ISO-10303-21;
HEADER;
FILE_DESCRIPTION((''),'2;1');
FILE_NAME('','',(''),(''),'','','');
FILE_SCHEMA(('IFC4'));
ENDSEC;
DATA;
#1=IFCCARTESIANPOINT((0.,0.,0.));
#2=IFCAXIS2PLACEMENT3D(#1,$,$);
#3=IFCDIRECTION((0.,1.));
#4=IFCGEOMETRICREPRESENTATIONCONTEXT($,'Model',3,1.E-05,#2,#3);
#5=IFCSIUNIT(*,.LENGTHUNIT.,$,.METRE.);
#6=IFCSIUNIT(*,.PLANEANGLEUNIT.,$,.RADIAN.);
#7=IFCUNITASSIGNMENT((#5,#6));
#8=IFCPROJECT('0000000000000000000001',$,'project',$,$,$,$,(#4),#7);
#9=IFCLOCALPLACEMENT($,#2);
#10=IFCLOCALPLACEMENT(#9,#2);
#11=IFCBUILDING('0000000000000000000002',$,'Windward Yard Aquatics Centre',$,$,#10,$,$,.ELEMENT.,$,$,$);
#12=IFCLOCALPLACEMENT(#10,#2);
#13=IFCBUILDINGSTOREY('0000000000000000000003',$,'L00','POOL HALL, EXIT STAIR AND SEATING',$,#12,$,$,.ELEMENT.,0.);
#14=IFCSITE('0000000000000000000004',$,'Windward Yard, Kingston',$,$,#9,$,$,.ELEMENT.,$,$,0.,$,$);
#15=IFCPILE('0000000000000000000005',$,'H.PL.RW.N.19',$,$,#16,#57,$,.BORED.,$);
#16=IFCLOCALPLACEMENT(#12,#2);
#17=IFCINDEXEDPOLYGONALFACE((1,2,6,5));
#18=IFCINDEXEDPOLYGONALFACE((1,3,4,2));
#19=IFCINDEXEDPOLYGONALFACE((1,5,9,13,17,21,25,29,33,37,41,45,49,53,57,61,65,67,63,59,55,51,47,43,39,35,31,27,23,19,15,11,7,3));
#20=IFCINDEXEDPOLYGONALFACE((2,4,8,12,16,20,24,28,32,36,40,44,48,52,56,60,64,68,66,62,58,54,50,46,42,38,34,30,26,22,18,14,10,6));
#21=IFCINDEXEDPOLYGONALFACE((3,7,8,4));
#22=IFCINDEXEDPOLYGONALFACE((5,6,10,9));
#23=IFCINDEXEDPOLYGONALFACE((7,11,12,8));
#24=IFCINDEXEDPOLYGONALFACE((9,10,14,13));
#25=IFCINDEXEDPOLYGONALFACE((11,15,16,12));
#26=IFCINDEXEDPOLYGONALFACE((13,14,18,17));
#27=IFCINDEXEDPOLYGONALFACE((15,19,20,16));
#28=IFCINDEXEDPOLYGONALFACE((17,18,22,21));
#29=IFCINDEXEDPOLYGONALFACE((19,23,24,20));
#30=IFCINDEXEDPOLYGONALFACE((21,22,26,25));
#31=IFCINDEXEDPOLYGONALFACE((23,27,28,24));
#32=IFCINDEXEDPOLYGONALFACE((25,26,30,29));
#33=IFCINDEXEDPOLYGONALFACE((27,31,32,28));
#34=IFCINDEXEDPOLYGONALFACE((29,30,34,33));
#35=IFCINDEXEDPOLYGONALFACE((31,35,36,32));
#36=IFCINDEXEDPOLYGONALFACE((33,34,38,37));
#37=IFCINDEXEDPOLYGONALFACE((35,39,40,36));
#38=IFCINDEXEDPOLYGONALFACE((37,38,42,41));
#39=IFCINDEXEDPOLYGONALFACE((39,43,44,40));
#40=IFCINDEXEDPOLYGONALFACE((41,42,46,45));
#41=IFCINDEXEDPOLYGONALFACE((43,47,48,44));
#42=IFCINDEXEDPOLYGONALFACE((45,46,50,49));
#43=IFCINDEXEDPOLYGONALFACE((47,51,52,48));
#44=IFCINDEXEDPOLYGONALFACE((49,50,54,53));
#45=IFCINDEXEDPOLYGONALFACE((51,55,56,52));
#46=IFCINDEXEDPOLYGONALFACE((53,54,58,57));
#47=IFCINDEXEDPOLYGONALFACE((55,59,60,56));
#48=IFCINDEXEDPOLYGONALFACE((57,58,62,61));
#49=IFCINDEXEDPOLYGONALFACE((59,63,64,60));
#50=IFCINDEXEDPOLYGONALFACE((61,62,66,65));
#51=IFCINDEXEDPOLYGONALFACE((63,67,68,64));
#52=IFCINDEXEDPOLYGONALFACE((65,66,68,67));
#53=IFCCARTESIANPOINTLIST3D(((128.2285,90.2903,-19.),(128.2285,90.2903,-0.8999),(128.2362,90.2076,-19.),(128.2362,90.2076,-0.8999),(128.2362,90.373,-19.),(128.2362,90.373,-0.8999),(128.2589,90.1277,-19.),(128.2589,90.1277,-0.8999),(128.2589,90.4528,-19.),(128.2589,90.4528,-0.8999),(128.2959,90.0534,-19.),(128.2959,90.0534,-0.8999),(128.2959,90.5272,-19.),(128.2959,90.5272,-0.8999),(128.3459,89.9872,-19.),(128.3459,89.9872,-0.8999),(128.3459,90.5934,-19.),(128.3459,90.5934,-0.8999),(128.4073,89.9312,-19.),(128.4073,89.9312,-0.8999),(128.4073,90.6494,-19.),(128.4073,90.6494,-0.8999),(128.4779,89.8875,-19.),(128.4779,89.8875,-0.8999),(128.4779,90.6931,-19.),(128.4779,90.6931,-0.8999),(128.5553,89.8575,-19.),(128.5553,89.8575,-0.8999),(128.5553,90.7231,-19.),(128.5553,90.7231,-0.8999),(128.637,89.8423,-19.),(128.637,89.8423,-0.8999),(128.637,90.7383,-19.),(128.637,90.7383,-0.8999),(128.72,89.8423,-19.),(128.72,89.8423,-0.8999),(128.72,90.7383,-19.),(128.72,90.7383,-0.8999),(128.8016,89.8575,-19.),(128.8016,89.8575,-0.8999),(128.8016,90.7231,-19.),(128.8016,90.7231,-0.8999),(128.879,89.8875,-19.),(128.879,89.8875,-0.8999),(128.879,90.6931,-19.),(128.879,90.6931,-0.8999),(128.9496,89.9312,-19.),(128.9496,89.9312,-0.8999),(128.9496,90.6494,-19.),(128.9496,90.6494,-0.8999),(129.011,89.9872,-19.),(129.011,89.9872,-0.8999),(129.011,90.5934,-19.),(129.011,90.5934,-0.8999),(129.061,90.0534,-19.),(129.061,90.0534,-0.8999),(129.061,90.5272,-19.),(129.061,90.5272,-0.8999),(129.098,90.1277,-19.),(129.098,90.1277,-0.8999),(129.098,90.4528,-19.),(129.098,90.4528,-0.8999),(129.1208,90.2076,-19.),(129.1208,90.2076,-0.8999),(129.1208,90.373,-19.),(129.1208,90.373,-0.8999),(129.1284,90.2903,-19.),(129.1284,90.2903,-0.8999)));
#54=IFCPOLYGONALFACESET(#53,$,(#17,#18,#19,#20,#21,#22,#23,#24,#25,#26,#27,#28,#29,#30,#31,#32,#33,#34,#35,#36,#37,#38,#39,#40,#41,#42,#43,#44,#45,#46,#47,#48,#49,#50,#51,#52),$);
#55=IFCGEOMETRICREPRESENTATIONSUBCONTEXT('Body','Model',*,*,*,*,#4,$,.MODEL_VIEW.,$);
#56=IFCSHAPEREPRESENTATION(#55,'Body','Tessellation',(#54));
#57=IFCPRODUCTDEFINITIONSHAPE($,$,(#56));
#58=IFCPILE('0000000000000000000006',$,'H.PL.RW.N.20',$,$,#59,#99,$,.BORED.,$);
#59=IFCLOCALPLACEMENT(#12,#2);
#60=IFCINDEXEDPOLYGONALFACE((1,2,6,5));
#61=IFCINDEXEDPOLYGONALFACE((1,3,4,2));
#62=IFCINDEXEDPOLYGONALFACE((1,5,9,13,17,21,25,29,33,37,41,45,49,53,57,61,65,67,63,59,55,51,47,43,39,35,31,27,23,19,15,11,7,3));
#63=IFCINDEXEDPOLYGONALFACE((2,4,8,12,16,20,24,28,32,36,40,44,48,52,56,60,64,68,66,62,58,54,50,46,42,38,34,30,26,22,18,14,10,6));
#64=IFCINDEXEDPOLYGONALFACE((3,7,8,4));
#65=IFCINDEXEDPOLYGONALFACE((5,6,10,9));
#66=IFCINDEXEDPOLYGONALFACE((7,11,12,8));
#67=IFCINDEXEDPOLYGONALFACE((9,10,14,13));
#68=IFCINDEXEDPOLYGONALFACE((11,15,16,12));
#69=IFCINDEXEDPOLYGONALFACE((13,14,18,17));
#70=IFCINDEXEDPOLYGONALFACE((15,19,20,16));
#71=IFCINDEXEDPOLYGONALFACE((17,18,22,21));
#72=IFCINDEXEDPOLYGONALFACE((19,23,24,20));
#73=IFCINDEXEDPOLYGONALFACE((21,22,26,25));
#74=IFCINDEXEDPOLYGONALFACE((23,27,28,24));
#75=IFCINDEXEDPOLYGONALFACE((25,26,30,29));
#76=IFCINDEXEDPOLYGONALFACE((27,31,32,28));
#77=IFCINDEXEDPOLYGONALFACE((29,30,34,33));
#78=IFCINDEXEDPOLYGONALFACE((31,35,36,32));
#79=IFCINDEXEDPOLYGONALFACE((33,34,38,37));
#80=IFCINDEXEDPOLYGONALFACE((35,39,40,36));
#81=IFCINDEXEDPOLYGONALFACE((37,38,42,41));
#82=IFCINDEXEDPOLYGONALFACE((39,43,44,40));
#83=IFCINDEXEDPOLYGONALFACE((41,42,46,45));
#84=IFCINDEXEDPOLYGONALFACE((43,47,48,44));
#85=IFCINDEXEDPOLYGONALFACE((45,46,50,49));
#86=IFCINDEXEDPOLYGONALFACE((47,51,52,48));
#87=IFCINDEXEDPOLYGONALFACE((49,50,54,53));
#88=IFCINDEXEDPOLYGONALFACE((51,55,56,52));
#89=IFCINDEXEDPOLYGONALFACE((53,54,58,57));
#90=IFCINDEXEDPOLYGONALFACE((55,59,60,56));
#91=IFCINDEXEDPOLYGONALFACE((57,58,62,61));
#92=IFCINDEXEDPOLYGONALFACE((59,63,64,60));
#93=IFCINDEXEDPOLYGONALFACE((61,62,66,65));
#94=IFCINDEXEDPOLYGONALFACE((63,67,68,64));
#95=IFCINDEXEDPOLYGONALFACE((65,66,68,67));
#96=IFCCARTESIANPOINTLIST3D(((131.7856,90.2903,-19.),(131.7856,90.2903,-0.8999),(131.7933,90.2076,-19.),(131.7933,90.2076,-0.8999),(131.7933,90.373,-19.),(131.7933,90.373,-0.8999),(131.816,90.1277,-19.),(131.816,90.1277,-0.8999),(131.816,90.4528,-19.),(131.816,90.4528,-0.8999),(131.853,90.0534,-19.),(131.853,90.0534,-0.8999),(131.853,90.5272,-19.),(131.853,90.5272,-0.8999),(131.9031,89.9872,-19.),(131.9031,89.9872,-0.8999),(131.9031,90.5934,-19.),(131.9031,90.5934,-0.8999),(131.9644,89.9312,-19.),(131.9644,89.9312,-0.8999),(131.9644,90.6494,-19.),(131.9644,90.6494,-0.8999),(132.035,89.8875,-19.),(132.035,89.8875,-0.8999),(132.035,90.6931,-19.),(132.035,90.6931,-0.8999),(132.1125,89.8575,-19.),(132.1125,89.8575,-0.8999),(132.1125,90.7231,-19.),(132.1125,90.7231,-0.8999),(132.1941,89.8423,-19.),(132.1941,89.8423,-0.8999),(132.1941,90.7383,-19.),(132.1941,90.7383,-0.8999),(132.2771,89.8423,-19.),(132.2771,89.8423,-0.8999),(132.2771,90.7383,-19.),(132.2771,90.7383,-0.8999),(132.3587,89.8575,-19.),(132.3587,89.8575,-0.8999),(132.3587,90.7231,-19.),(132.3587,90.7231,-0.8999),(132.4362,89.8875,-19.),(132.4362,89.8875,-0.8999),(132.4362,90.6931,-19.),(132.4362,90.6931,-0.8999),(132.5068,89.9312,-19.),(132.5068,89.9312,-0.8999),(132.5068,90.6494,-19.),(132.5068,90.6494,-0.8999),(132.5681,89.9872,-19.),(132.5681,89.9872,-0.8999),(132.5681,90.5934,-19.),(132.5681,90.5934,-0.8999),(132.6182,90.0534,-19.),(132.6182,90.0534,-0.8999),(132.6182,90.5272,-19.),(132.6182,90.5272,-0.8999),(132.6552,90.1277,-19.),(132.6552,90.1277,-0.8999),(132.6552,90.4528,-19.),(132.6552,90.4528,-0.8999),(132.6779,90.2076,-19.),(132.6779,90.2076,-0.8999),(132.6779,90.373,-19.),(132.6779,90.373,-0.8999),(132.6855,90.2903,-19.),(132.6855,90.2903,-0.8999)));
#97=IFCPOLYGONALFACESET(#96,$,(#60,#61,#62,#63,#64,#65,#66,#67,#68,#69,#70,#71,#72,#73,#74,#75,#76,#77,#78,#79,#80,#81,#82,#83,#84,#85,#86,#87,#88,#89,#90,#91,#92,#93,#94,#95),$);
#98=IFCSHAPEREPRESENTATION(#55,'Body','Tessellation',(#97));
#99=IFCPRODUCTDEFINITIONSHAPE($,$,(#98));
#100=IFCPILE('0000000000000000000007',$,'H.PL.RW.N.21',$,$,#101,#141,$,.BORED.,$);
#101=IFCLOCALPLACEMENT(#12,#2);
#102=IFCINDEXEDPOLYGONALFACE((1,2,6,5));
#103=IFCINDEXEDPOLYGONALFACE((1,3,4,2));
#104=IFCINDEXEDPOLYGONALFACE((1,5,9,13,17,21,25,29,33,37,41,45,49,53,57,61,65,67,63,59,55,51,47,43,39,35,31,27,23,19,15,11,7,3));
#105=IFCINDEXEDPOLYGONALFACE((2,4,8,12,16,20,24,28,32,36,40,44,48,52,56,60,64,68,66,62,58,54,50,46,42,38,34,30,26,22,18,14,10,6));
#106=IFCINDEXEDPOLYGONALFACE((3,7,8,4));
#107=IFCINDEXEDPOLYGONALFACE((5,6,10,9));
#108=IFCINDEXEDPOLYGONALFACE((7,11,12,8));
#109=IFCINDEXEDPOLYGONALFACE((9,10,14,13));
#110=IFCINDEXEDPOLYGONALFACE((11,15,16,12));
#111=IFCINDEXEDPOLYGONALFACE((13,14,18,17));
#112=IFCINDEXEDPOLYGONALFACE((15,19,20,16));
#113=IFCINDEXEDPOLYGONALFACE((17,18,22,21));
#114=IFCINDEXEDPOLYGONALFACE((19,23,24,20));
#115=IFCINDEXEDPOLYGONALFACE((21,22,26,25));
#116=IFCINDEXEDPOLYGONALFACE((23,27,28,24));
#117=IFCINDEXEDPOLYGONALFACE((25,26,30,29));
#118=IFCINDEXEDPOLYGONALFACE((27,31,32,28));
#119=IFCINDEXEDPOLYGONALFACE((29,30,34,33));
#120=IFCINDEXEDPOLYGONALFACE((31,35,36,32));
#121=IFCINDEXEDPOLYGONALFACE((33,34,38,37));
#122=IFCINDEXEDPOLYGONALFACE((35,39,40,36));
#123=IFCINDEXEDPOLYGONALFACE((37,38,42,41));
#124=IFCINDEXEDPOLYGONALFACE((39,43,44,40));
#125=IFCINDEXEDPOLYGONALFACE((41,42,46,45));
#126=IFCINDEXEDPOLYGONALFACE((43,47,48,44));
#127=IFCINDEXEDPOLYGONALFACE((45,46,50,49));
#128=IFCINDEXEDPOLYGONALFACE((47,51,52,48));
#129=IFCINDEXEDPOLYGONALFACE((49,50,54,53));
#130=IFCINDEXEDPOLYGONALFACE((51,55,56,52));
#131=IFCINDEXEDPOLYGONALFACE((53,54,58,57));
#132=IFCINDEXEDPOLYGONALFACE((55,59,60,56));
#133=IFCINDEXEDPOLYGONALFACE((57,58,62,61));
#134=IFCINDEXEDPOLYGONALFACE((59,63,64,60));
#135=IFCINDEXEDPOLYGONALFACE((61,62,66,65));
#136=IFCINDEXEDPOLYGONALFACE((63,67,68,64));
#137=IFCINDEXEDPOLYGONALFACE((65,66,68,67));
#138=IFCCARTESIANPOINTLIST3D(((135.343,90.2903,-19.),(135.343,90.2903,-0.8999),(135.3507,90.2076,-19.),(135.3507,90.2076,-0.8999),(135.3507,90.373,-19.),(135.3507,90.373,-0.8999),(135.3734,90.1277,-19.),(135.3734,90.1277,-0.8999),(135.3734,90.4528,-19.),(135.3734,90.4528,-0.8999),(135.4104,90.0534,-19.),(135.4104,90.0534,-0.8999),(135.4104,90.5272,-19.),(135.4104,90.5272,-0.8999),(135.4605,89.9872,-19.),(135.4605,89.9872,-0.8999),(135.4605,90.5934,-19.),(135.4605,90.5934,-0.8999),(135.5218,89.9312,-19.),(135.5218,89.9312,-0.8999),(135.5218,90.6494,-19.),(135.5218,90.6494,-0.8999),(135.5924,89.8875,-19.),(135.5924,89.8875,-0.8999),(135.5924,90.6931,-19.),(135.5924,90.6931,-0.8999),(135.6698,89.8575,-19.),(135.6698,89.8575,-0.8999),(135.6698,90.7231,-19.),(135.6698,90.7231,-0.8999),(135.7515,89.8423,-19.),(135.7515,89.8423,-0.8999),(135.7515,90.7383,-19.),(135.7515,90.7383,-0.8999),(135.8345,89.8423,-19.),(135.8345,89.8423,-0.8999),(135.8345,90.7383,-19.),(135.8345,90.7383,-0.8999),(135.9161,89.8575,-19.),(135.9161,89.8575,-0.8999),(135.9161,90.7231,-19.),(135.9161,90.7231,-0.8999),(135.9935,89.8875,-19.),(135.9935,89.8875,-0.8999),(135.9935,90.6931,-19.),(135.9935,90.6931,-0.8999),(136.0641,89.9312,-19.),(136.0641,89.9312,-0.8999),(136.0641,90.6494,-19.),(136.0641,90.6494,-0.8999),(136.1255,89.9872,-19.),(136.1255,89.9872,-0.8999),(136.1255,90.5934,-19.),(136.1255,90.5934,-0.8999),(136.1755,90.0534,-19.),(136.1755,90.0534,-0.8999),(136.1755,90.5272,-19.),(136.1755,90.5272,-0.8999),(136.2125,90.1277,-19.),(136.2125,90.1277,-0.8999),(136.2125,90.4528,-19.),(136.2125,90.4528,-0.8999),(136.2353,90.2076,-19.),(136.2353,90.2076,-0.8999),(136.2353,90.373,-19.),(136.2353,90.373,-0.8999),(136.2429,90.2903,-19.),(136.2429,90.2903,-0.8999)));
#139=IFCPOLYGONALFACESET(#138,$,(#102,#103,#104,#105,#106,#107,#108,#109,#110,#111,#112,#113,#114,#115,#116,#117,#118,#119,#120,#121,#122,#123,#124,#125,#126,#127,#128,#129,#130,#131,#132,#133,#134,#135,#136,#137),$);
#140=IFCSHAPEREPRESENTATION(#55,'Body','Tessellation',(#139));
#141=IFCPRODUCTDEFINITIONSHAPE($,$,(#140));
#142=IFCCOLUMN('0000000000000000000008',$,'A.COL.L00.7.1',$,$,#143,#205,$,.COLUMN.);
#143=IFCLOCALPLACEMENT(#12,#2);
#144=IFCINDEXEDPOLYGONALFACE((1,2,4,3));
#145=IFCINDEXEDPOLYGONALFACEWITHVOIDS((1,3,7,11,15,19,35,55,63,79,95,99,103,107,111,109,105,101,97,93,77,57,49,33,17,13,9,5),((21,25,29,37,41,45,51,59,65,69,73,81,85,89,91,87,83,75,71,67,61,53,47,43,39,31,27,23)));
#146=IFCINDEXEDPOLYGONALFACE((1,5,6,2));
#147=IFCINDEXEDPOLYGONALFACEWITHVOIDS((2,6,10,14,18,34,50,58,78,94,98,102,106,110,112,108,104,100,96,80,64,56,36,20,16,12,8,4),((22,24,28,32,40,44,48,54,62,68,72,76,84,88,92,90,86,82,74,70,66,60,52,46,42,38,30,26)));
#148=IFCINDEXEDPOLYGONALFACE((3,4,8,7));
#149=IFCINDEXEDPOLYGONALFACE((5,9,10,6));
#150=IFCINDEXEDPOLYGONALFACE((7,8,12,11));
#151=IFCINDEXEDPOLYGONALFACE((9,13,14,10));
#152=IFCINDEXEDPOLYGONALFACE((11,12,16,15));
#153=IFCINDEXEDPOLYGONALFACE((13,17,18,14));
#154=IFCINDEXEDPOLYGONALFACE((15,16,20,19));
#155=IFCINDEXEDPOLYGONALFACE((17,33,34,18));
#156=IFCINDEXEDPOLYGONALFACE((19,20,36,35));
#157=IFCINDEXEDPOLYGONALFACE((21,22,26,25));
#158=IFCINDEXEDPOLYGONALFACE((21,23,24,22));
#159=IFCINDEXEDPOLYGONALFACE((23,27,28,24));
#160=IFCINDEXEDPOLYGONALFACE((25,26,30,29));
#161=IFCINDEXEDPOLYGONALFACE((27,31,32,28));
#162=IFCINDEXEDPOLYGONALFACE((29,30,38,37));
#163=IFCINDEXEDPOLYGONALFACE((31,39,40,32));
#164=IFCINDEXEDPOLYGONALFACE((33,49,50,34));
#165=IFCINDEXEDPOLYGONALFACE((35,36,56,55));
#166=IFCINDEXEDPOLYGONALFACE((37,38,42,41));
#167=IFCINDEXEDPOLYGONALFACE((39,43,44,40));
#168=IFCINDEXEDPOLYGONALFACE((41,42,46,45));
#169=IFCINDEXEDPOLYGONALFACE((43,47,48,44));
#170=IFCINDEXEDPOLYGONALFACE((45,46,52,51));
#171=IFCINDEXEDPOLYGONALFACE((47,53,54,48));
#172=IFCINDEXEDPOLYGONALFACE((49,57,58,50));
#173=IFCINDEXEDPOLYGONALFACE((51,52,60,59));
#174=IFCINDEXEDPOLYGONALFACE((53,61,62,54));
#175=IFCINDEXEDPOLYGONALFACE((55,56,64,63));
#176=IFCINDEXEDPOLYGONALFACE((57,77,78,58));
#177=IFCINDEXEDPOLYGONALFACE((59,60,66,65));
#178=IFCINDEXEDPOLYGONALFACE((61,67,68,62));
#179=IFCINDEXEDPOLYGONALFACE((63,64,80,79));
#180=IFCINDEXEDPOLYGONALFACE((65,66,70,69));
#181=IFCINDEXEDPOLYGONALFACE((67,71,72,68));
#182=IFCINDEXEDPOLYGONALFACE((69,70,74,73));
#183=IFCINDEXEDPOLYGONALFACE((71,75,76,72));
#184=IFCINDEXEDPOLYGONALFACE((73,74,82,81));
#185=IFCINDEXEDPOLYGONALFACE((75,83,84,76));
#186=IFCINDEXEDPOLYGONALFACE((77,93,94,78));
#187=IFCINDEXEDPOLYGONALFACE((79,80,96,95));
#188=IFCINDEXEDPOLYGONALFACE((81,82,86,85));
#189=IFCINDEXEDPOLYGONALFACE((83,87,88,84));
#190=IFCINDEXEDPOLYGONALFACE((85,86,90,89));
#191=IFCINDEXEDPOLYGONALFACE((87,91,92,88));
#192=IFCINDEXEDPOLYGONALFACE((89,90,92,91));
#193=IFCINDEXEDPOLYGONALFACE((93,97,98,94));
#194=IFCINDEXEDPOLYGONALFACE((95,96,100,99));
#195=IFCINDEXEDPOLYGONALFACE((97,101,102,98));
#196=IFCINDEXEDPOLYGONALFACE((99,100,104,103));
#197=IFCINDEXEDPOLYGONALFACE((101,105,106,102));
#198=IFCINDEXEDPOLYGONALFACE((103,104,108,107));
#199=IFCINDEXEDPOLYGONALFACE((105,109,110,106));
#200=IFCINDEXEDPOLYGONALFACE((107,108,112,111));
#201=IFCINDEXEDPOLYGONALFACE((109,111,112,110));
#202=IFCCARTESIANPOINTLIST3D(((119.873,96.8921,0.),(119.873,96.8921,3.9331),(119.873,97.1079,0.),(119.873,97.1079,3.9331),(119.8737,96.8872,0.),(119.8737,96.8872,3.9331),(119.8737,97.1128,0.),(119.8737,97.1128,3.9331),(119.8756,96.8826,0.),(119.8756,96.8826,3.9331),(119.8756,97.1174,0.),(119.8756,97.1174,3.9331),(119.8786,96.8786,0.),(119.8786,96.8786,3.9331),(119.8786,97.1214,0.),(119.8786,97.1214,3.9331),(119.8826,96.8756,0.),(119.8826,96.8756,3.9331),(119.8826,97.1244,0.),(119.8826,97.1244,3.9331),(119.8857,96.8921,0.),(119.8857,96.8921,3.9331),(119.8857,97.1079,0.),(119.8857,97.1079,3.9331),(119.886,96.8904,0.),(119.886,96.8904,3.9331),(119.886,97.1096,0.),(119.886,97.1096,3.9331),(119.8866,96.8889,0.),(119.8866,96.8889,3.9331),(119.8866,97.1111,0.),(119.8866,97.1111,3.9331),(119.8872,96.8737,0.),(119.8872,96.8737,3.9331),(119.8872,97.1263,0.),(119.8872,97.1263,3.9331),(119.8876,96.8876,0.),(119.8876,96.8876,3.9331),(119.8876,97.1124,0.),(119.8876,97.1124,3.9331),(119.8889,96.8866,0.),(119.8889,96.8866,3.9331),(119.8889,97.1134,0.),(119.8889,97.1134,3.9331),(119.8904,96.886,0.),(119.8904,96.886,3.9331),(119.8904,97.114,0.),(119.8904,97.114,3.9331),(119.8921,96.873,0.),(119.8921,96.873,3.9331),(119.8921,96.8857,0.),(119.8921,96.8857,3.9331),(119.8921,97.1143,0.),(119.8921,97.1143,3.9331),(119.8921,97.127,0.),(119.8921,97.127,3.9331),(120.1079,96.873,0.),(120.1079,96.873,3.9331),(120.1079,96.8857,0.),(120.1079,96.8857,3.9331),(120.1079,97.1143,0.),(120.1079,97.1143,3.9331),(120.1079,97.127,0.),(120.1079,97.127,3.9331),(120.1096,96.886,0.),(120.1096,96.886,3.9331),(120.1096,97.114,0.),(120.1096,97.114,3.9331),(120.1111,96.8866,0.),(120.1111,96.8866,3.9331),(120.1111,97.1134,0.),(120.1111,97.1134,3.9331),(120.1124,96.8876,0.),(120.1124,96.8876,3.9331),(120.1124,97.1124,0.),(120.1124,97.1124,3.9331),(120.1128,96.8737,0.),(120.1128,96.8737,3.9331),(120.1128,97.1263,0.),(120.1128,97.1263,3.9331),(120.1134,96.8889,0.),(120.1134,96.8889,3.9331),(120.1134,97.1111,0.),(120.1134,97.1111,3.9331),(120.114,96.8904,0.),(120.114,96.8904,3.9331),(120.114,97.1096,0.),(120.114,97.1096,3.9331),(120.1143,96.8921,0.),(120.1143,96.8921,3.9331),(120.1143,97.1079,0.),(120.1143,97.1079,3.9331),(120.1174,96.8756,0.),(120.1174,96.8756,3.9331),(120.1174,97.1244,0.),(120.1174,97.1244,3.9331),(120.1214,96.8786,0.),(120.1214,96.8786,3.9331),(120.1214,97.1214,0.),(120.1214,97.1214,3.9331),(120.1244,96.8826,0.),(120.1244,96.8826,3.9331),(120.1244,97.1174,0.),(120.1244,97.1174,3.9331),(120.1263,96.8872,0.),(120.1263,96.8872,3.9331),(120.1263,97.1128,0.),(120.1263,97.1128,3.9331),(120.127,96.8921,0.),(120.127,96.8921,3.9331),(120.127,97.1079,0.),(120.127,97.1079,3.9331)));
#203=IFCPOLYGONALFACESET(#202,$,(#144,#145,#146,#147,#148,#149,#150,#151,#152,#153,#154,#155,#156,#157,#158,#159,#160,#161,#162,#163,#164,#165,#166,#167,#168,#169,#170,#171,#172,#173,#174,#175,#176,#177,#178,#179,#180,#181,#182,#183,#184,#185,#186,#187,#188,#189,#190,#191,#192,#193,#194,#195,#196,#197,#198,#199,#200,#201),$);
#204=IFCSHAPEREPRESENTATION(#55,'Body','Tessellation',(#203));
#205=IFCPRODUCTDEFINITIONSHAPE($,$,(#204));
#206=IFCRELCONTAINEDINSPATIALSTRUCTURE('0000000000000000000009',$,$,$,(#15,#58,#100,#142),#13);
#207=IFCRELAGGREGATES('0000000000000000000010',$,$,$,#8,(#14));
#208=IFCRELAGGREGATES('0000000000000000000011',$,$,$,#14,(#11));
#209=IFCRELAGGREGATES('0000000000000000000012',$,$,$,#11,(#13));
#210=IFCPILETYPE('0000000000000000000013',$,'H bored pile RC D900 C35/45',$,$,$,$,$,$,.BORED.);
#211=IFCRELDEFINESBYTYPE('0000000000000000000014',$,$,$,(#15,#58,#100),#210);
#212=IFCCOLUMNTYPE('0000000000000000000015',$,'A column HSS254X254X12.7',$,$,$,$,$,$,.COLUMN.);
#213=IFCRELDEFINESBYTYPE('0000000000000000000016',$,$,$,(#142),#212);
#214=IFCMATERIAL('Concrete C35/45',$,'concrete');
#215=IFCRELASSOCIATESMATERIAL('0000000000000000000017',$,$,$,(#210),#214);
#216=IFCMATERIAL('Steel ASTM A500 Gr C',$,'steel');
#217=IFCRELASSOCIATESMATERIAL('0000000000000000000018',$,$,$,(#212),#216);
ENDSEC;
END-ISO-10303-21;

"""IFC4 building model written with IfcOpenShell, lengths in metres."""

from ifc_helpers import new_model, si_unit, direction, frame, origin, origin_2d, place, context, subcontext, project, spatial, hollow_rectangle, circle, extrude, material, material_profile, profile_set, type_object, element, save


model = new_model("IFC4")

# Units and contexts
model_context = context("Model", 3, precision=1e-05, world=origin(), true_north=direction((0.0, 1.0)))
body_context = subcontext(model_context, "Body", "Model", "MODEL_VIEW")
ifc_project = project(units=[si_unit("LENGTHUNIT", "METRE"), si_unit("PLANEANGLEUNIT", "RADIAN")], contexts=[model_context])

# Site, building, storey
site_placement = place(None, origin())
site = spatial("IfcSite", under=ifc_project, at=site_placement, Name="Windward Yard, Kingston", CompositionType="ELEMENT", RefElevation=0.0)
building_placement = place(site_placement, origin())
building = spatial("IfcBuilding", under=site, at=building_placement, Name="Windward Yard Aquatics Centre", CompositionType="ELEMENT")
storey_placement = place(building_placement, origin())
storey = spatial("IfcBuildingStorey", under=building, at=storey_placement, Name="L00", Description="POOL HALL, EXIT STAIR AND SEATING", CompositionType="ELEMENT", Elevation=0.0)

# Shared definitions
ifc_material_1 = material(Name="Concrete C35/45", Category="concrete")

# Piles
ifc_material_profile_1 = material_profile(ifc_material_1, circle(Radius=0.45, at=origin_2d()), Name="RC D900")
ifc_profile_set_1 = profile_set([ifc_material_profile_1], Name="Concrete C35/45")
pile_type = type_object("IfcPileType", Name="H bored pile RC D900 C35/45", PredefinedType="BORED", material=ifc_profile_set_1)
for number, where, z_axis, x_axis, name in (
    (1, (128.6785, 90.2903, -0.8999), (0.0, 0.0, -1.0), (1.0, 0.0, 0.0), "H.PL.RW.N.19"),
    (2, (132.2356, 90.2903, -0.8999), (0.0, 0.0, -1.0), (1.0, 0.0, 0.0), "H.PL.RW.N.20"),
    (3, (135.793, 90.2903, -0.8999), (0.0, 0.0, -1.0), (1.0, 0.0, 0.0), "H.PL.RW.N.21"),
):
    element("IfcPile", number, at=place(storey_placement, frame(where, z_axis=z_axis, x_axis=x_axis)), inside=storey, type_object=pile_type, Name=name, PredefinedType="BORED", context=body_context, shape_type="SweptSolid", body=[
        extrude(circle(Radius=0.45, at=origin_2d()), origin(), (0.0, 0.0, 1.0), 18.1001),
    ])

# Column
ifc_material_2 = material(Name="Steel ASTM A500 Gr C", Category="steel")
ifc_material_profile_2 = material_profile(ifc_material_2, hollow_rectangle(XDim=0.2539, YDim=0.2539, WallThickness=0.0127, InnerFilletRadius=0.0063, OuterFilletRadius=0.019, at=origin_2d()), Name="HSS254X254X12.7")
ifc_profile_set_2 = profile_set([ifc_material_profile_2], Name="Steel ASTM A500 Gr C")
column_type = type_object("IfcColumnType", Name="A column HSS254X254X12.7", PredefinedType="COLUMN", material=ifc_profile_set_2)
for number, where, z_axis, x_axis, name in (
    (4, (120.0, 97.0, 0.0), (0.0, 0.0, 1.0), (1.0, 0.0, 0.0), "A.COL.L00.7.1"),
):
    element("IfcColumn", number, at=place(storey_placement, frame(where, z_axis=z_axis, x_axis=x_axis)), inside=storey, type_object=column_type, Name=name, PredefinedType="COLUMN", context=body_context, shape_type="SweptSolid", body=[
        extrude(hollow_rectangle(XDim=0.2539, YDim=0.2539, WallThickness=0.0127, InnerFilletRadius=0.0063, OuterFilletRadius=0.019, at=origin_2d()), origin(), (0.0, 0.0, 1.0), 3.9331),
    ])

save(model, "model.ifc")
